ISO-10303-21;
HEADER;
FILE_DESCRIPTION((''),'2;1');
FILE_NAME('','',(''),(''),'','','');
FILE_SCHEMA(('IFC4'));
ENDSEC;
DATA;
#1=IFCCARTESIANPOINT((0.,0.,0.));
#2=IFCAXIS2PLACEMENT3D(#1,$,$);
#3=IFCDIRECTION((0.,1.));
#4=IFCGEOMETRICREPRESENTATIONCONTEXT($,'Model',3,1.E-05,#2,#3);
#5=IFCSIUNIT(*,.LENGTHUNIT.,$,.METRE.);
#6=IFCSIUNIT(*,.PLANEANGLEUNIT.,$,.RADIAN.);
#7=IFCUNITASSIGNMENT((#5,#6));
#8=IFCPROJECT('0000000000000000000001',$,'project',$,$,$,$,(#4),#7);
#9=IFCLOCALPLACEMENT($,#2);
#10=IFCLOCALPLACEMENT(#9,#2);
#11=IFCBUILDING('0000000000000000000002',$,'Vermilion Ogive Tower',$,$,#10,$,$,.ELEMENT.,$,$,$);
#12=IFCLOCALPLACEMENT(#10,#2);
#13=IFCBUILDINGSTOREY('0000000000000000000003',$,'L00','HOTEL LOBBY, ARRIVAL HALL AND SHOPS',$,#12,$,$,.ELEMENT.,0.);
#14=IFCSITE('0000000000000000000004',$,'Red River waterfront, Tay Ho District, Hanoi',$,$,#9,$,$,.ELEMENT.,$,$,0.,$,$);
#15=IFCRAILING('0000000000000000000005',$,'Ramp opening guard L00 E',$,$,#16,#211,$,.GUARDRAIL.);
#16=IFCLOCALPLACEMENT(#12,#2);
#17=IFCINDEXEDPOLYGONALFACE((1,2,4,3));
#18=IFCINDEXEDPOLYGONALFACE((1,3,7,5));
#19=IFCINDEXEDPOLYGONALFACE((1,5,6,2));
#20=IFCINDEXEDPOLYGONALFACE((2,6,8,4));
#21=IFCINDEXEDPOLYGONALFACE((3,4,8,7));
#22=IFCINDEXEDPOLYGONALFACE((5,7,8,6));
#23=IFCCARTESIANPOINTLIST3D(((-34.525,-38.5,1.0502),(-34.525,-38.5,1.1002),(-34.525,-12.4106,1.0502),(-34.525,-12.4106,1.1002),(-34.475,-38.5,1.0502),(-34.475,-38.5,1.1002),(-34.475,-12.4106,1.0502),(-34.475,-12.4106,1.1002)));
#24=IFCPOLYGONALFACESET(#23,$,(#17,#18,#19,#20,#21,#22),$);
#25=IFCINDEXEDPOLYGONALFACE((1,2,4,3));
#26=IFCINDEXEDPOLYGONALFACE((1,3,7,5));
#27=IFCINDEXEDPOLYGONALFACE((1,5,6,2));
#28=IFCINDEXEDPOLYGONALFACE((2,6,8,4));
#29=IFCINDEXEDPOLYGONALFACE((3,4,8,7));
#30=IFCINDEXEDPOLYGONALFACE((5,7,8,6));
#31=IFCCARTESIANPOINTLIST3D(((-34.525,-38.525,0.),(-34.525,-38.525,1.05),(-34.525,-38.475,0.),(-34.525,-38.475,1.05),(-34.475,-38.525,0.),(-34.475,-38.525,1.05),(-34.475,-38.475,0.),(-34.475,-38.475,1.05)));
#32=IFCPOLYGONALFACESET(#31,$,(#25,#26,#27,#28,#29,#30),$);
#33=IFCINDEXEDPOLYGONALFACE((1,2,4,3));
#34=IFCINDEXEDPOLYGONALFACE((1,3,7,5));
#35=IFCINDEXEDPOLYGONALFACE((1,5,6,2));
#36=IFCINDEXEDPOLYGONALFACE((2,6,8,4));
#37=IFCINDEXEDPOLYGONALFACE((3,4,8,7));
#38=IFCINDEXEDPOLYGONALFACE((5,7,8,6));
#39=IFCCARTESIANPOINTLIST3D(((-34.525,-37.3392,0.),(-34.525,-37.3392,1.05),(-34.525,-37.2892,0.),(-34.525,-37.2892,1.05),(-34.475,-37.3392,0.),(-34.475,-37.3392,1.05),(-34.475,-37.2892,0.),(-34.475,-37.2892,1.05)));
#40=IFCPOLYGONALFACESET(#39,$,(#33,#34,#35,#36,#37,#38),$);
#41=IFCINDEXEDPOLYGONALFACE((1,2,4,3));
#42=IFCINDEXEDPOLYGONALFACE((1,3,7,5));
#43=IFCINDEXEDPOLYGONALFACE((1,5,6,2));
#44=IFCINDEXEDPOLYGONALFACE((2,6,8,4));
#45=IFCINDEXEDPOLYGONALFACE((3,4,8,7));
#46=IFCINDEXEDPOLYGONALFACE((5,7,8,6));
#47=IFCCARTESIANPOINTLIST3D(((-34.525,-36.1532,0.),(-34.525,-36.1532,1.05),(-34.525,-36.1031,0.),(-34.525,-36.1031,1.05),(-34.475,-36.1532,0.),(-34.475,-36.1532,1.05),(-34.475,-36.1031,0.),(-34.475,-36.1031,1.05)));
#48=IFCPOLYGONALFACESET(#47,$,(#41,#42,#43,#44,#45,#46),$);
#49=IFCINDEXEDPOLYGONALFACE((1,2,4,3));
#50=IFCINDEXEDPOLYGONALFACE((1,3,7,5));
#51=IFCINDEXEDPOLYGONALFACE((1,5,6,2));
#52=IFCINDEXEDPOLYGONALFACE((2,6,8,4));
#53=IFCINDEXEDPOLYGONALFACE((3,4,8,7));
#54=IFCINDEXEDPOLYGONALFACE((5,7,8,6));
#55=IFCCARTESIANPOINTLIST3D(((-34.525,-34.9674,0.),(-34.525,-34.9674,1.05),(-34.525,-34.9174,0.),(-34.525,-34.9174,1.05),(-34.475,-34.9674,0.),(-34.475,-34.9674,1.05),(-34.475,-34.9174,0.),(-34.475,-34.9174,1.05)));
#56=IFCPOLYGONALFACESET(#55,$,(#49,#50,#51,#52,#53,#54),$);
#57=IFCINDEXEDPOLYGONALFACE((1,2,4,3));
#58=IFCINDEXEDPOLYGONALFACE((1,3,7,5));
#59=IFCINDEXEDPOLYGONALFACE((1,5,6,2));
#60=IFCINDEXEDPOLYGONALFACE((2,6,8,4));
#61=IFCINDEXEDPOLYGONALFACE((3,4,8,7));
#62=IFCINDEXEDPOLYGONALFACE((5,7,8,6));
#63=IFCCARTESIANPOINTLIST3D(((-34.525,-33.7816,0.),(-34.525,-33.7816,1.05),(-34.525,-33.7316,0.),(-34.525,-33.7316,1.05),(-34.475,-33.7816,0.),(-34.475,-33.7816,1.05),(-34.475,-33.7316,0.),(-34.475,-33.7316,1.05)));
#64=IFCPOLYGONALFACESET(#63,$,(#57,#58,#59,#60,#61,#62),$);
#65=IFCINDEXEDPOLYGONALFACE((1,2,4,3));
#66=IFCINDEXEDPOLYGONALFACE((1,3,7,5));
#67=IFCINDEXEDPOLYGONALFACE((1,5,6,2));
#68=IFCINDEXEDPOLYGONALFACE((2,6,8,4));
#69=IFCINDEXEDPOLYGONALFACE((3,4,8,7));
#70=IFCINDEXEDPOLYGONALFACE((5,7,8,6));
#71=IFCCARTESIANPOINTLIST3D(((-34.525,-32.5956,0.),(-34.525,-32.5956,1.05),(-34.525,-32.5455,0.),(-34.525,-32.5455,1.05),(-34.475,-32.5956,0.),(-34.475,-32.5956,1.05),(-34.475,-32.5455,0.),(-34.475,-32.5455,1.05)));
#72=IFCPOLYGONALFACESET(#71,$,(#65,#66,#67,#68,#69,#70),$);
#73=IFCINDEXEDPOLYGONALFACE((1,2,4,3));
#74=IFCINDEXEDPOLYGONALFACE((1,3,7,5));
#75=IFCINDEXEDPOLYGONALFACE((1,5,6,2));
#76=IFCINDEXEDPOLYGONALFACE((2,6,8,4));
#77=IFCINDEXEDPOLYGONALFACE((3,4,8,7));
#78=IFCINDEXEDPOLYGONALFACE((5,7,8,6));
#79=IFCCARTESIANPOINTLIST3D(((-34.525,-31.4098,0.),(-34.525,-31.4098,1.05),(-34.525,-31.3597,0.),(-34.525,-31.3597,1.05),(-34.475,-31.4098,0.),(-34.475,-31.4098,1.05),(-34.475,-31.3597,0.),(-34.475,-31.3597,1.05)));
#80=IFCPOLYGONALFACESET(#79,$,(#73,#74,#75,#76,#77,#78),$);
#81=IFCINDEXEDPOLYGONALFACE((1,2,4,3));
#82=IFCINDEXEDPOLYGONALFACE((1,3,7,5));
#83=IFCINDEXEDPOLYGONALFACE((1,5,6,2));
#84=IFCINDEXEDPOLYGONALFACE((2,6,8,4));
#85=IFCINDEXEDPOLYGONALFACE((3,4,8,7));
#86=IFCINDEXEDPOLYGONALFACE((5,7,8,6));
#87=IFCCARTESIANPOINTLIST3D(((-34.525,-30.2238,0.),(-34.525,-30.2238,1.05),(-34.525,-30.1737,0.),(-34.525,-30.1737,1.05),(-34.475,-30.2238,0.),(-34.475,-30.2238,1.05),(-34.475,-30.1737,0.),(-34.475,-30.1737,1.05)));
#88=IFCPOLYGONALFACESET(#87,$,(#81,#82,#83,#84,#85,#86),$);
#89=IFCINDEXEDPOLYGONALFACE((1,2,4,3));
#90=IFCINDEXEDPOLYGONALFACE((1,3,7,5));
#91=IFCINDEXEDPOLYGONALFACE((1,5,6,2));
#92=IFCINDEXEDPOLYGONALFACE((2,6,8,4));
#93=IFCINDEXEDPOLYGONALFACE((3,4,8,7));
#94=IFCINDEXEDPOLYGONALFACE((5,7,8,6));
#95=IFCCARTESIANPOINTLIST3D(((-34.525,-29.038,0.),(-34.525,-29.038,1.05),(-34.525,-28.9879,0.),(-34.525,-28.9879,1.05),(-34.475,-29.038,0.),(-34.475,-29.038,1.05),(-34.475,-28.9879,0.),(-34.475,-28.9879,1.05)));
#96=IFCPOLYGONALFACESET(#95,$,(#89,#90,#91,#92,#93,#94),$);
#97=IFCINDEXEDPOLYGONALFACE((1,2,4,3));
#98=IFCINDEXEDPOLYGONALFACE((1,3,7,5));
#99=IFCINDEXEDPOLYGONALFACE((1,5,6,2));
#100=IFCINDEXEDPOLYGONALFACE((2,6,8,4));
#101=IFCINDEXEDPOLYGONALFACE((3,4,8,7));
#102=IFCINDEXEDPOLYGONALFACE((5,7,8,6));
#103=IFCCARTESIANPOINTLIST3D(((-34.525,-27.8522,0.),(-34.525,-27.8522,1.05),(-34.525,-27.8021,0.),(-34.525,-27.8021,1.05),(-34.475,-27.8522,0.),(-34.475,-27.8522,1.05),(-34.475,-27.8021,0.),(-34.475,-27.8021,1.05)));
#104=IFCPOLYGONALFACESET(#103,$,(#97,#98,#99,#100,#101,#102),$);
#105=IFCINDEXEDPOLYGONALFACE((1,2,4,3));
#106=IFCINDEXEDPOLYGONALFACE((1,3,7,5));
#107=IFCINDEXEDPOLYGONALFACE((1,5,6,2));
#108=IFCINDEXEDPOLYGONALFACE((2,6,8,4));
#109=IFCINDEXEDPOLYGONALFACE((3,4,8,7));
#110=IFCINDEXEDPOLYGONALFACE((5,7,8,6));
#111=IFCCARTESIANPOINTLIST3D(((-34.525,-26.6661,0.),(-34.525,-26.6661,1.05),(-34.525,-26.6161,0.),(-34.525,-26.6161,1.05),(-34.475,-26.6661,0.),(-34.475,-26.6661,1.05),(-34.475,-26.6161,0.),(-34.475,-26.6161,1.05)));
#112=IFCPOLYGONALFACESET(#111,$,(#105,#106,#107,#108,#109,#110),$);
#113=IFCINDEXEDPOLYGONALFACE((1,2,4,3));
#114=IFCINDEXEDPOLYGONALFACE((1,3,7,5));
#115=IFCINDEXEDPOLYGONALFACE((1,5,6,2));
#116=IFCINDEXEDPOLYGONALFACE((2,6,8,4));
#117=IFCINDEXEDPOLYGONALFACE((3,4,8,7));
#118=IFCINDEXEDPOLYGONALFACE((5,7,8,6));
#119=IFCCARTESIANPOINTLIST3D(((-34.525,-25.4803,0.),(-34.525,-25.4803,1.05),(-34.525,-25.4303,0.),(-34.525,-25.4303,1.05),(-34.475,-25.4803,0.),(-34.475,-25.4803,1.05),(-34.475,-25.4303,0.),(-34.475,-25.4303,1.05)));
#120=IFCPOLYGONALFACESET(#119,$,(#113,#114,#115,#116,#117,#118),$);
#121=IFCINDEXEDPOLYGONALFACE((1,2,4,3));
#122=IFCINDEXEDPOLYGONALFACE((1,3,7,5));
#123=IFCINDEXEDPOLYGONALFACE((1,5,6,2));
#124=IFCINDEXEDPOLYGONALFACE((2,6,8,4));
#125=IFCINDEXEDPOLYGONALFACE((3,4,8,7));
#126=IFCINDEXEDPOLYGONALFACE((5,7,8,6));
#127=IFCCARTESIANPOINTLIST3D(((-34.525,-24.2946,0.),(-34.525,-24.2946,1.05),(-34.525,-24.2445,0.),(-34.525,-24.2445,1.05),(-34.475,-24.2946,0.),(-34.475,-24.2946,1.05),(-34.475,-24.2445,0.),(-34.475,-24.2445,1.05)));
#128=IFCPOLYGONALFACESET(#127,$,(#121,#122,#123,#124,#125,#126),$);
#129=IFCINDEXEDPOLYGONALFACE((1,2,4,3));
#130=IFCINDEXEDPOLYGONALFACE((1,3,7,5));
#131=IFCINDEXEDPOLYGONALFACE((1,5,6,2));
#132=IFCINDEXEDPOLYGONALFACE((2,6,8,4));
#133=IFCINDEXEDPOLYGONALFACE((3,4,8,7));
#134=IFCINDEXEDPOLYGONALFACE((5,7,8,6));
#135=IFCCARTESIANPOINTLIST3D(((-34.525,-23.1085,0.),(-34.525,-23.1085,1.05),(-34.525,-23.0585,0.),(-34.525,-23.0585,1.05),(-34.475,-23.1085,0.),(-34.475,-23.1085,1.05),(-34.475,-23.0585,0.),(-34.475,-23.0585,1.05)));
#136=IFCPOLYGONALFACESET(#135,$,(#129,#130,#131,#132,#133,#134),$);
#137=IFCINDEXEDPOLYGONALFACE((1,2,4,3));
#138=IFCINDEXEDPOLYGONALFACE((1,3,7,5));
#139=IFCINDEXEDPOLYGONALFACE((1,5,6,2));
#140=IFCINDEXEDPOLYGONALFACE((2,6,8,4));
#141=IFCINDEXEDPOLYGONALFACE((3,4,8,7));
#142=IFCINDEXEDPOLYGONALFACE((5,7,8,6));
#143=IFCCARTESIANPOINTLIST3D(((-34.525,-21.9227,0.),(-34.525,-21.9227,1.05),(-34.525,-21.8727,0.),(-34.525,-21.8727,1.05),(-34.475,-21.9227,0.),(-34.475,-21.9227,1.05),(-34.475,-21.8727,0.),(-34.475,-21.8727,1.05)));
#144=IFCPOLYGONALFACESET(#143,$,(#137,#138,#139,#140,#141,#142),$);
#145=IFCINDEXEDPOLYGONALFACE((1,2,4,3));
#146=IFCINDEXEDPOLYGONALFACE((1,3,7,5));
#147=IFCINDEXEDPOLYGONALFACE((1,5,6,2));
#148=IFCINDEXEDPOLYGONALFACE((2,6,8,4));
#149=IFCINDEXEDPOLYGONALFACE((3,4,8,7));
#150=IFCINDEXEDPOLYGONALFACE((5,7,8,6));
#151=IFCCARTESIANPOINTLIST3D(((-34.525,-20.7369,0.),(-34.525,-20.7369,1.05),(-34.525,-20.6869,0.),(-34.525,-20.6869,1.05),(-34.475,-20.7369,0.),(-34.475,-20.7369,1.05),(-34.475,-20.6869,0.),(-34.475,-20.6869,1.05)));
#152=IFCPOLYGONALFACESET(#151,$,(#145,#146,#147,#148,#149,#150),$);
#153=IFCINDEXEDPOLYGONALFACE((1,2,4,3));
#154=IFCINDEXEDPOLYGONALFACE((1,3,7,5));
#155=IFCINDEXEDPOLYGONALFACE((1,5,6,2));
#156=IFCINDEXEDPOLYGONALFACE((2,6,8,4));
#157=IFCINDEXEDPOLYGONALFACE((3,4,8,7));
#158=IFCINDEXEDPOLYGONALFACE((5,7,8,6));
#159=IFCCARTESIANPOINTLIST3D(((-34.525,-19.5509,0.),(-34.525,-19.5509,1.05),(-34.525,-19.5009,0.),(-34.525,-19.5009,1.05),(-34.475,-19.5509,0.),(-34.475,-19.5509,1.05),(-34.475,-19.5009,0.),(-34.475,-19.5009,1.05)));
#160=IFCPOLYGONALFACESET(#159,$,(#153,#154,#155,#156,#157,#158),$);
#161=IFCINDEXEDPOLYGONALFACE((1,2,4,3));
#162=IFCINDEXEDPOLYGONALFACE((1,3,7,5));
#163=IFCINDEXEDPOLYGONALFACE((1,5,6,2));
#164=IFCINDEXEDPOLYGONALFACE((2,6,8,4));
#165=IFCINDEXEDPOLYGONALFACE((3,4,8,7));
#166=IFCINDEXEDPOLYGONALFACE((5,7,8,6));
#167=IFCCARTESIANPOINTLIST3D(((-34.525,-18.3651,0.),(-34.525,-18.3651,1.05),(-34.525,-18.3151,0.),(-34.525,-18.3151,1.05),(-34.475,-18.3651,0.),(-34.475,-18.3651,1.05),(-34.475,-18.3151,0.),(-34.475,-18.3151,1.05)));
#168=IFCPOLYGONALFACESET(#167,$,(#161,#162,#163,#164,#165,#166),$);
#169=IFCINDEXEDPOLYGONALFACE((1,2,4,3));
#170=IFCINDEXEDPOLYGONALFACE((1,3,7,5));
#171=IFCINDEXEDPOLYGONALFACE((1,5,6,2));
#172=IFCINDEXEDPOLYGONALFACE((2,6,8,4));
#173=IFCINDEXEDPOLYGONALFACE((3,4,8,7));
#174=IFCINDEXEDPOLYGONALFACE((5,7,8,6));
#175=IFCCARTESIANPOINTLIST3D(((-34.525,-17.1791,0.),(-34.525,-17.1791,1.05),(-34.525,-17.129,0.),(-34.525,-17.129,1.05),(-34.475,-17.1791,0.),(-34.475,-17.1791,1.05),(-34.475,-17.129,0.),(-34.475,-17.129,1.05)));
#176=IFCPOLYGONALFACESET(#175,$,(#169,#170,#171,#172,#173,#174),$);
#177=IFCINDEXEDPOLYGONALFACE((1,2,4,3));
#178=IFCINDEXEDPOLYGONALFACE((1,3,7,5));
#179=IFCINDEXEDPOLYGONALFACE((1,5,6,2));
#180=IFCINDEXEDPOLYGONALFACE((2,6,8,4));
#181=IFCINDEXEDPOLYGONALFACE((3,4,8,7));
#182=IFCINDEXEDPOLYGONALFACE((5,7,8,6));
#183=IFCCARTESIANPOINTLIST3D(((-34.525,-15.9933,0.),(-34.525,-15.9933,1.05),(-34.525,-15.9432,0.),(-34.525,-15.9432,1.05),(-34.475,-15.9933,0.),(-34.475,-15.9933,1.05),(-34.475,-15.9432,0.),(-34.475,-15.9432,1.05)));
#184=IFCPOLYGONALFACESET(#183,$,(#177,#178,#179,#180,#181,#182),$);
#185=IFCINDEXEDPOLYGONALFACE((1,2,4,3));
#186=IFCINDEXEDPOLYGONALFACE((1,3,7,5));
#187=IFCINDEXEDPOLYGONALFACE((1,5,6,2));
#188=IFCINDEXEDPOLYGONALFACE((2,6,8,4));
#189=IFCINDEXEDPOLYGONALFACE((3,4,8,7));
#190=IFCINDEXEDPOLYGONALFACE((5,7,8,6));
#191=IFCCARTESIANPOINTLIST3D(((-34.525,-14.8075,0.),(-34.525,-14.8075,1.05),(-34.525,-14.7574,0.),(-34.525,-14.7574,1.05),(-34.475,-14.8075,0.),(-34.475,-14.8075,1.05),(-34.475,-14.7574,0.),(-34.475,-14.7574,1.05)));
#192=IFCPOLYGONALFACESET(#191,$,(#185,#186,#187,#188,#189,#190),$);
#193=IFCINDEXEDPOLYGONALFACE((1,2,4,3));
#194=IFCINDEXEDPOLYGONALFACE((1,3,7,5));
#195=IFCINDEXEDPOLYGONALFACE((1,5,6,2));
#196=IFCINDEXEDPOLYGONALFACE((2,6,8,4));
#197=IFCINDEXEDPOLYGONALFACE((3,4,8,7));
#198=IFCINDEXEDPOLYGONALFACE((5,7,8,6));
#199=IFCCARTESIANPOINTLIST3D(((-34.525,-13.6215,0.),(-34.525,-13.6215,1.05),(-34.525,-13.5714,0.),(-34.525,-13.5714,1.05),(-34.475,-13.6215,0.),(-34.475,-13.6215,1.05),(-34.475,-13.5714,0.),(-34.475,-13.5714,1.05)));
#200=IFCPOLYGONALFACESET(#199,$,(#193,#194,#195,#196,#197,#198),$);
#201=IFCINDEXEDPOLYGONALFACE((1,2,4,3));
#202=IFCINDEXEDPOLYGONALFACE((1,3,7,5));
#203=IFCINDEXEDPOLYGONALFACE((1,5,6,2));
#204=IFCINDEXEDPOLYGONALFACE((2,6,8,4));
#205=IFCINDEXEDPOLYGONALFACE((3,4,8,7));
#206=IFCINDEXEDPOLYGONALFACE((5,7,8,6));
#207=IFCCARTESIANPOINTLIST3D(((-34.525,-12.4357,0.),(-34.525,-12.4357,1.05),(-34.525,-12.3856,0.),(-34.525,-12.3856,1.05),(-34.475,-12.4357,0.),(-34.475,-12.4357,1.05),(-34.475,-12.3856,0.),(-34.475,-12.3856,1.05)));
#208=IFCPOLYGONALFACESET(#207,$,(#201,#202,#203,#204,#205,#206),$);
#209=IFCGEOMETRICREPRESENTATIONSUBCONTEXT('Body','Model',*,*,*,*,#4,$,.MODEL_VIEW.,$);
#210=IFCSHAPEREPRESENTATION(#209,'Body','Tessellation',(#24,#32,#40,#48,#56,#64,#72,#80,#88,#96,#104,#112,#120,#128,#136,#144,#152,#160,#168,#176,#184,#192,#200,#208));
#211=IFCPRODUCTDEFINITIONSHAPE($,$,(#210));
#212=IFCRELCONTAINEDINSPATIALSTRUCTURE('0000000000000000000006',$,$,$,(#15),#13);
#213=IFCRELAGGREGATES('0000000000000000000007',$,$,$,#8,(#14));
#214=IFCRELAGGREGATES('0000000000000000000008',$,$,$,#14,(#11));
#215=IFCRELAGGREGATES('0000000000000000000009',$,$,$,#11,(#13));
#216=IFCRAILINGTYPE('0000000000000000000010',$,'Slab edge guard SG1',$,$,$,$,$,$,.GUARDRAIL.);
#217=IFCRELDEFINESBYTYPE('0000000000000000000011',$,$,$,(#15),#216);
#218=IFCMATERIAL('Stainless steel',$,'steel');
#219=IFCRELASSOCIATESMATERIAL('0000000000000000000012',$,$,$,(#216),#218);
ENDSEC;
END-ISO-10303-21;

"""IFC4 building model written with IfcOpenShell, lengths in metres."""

from ifc_helpers import new_model, si_unit, direction, frame, origin, origin_2d, place, context, subcontext, project, spatial, rectangle, extrude, material, type_object, element, save


model = new_model("IFC4")

# Units and contexts
model_context = context("Model", 3, precision=1e-05, world=origin(), true_north=direction((0.0, 1.0)))
body_context = subcontext(model_context, "Body", "Model", "MODEL_VIEW")
ifc_project = project(units=[si_unit("LENGTHUNIT", "METRE"), si_unit("PLANEANGLEUNIT", "RADIAN")], contexts=[model_context])

# Site, building, storey
site_placement = place(None, origin())
site = spatial("IfcSite", under=ifc_project, at=site_placement, Name="Red River waterfront, Tay Ho District, Hanoi", CompositionType="ELEMENT", RefElevation=0.0)
building_placement = place(site_placement, origin())
building = spatial("IfcBuilding", under=site, at=building_placement, Name="Vermilion Ogive Tower", CompositionType="ELEMENT")
storey_placement = place(building_placement, origin())
storey = spatial("IfcBuildingStorey", under=building, at=storey_placement, Name="L00", Description="HOTEL LOBBY, ARRIVAL HALL AND SHOPS", CompositionType="ELEMENT", Elevation=0.0)

# Railing
ifc_material_1 = material(Name="Stainless steel", Category="steel")
railing_type_1 = type_object("IfcRailingType", Name="Slab edge guard SG1", PredefinedType="GUARDRAIL", material=ifc_material_1)
railing_1_placement = place(storey_placement, frame((-34.5, -38.5, 0.0)))
element("IfcRailing", 1, at=railing_1_placement, inside=storey, type_object=railing_type_1, Name="Ramp opening guard L00 E", PredefinedType="GUARDRAIL", context=body_context, shape_type="SweptSolid", body=[
    extrude(rectangle(XDim=0.05, YDim=0.05, at=origin_2d()), frame((0.0, 0.0, 1.0752), z_axis=(0.0, 1.0, 0.0), x_axis=(-1.0, 0.0, 0.0)), (0.0, 0.0, 1.0), 26.0894),
    extrude(rectangle(XDim=0.05, YDim=0.05, at=origin_2d()), origin(), (0.0, 0.0, 1.0), 1.05),
    extrude(rectangle(XDim=0.05, YDim=0.05, at=origin_2d()), frame((0.0, 1.1858, 0.0)), (0.0, 0.0, 1.0), 1.05),
    extrude(rectangle(XDim=0.05, YDim=0.05, at=origin_2d()), frame((0.0, 2.3718, 0.0)), (0.0, 0.0, 1.0), 1.05),
    extrude(rectangle(XDim=0.05, YDim=0.05, at=origin_2d()), frame((0.0, 3.5576, 0.0)), (0.0, 0.0, 1.0), 1.05),
    extrude(rectangle(XDim=0.05, YDim=0.05, at=origin_2d()), frame((0.0, 4.7434, 0.0)), (0.0, 0.0, 1.0), 1.05),
    extrude(rectangle(XDim=0.05, YDim=0.05, at=origin_2d()), frame((0.0, 5.9294, 0.0)), (0.0, 0.0, 1.0), 1.05),
    extrude(rectangle(XDim=0.05, YDim=0.05, at=origin_2d()), frame((0.0, 7.1152, 0.0)), (0.0, 0.0, 1.0), 1.05),
    extrude(rectangle(XDim=0.05, YDim=0.05, at=origin_2d()), frame((0.0, 8.3013, 0.0)), (0.0, 0.0, 1.0), 1.05),
    extrude(rectangle(XDim=0.05, YDim=0.05, at=origin_2d()), frame((0.0, 9.4871, 0.0)), (0.0, 0.0, 1.0), 1.05),
    extrude(rectangle(XDim=0.05, YDim=0.05, at=origin_2d()), frame((0.0, 10.6729, 0.0)), (0.0, 0.0, 1.0), 1.05),
    extrude(rectangle(XDim=0.05, YDim=0.05, at=origin_2d()), frame((0.0, 11.8589, 0.0)), (0.0, 0.0, 1.0), 1.05),
    extrude(rectangle(XDim=0.05, YDim=0.05, at=origin_2d()), frame((0.0, 13.0447, 0.0)), (0.0, 0.0, 1.0), 1.05),
    extrude(rectangle(XDim=0.05, YDim=0.05, at=origin_2d()), frame((0.0, 14.2305, 0.0)), (0.0, 0.0, 1.0), 1.05),
    extrude(rectangle(XDim=0.05, YDim=0.05, at=origin_2d()), frame((0.0, 15.4165, 0.0)), (0.0, 0.0, 1.0), 1.05),
    extrude(rectangle(XDim=0.05, YDim=0.05, at=origin_2d()), frame((0.0, 16.6023, 0.0)), (0.0, 0.0, 1.0), 1.05),
    extrude(rectangle(XDim=0.05, YDim=0.05, at=origin_2d()), frame((0.0, 17.7881, 0.0)), (0.0, 0.0, 1.0), 1.05),
    extrude(rectangle(XDim=0.05, YDim=0.05, at=origin_2d()), frame((0.0, 18.9741, 0.0)), (0.0, 0.0, 1.0), 1.05),
    extrude(rectangle(XDim=0.05, YDim=0.05, at=origin_2d()), frame((0.0, 20.1599, 0.0)), (0.0, 0.0, 1.0), 1.05),
    extrude(rectangle(XDim=0.05, YDim=0.05, at=origin_2d()), frame((0.0, 21.3459, 0.0)), (0.0, 0.0, 1.0), 1.05),
    extrude(rectangle(XDim=0.05, YDim=0.05, at=origin_2d()), frame((0.0, 22.5317, 0.0)), (0.0, 0.0, 1.0), 1.05),
    extrude(rectangle(XDim=0.05, YDim=0.05, at=origin_2d()), frame((0.0, 23.7175, 0.0)), (0.0, 0.0, 1.0), 1.05),
    extrude(rectangle(XDim=0.05, YDim=0.05, at=origin_2d()), frame((0.0, 24.9036, 0.0)), (0.0, 0.0, 1.0), 1.05),
    extrude(rectangle(XDim=0.05, YDim=0.05, at=origin_2d()), frame((0.0, 26.0894, 0.0)), (0.0, 0.0, 1.0), 1.05),
])

save(model, "model.ifc")
